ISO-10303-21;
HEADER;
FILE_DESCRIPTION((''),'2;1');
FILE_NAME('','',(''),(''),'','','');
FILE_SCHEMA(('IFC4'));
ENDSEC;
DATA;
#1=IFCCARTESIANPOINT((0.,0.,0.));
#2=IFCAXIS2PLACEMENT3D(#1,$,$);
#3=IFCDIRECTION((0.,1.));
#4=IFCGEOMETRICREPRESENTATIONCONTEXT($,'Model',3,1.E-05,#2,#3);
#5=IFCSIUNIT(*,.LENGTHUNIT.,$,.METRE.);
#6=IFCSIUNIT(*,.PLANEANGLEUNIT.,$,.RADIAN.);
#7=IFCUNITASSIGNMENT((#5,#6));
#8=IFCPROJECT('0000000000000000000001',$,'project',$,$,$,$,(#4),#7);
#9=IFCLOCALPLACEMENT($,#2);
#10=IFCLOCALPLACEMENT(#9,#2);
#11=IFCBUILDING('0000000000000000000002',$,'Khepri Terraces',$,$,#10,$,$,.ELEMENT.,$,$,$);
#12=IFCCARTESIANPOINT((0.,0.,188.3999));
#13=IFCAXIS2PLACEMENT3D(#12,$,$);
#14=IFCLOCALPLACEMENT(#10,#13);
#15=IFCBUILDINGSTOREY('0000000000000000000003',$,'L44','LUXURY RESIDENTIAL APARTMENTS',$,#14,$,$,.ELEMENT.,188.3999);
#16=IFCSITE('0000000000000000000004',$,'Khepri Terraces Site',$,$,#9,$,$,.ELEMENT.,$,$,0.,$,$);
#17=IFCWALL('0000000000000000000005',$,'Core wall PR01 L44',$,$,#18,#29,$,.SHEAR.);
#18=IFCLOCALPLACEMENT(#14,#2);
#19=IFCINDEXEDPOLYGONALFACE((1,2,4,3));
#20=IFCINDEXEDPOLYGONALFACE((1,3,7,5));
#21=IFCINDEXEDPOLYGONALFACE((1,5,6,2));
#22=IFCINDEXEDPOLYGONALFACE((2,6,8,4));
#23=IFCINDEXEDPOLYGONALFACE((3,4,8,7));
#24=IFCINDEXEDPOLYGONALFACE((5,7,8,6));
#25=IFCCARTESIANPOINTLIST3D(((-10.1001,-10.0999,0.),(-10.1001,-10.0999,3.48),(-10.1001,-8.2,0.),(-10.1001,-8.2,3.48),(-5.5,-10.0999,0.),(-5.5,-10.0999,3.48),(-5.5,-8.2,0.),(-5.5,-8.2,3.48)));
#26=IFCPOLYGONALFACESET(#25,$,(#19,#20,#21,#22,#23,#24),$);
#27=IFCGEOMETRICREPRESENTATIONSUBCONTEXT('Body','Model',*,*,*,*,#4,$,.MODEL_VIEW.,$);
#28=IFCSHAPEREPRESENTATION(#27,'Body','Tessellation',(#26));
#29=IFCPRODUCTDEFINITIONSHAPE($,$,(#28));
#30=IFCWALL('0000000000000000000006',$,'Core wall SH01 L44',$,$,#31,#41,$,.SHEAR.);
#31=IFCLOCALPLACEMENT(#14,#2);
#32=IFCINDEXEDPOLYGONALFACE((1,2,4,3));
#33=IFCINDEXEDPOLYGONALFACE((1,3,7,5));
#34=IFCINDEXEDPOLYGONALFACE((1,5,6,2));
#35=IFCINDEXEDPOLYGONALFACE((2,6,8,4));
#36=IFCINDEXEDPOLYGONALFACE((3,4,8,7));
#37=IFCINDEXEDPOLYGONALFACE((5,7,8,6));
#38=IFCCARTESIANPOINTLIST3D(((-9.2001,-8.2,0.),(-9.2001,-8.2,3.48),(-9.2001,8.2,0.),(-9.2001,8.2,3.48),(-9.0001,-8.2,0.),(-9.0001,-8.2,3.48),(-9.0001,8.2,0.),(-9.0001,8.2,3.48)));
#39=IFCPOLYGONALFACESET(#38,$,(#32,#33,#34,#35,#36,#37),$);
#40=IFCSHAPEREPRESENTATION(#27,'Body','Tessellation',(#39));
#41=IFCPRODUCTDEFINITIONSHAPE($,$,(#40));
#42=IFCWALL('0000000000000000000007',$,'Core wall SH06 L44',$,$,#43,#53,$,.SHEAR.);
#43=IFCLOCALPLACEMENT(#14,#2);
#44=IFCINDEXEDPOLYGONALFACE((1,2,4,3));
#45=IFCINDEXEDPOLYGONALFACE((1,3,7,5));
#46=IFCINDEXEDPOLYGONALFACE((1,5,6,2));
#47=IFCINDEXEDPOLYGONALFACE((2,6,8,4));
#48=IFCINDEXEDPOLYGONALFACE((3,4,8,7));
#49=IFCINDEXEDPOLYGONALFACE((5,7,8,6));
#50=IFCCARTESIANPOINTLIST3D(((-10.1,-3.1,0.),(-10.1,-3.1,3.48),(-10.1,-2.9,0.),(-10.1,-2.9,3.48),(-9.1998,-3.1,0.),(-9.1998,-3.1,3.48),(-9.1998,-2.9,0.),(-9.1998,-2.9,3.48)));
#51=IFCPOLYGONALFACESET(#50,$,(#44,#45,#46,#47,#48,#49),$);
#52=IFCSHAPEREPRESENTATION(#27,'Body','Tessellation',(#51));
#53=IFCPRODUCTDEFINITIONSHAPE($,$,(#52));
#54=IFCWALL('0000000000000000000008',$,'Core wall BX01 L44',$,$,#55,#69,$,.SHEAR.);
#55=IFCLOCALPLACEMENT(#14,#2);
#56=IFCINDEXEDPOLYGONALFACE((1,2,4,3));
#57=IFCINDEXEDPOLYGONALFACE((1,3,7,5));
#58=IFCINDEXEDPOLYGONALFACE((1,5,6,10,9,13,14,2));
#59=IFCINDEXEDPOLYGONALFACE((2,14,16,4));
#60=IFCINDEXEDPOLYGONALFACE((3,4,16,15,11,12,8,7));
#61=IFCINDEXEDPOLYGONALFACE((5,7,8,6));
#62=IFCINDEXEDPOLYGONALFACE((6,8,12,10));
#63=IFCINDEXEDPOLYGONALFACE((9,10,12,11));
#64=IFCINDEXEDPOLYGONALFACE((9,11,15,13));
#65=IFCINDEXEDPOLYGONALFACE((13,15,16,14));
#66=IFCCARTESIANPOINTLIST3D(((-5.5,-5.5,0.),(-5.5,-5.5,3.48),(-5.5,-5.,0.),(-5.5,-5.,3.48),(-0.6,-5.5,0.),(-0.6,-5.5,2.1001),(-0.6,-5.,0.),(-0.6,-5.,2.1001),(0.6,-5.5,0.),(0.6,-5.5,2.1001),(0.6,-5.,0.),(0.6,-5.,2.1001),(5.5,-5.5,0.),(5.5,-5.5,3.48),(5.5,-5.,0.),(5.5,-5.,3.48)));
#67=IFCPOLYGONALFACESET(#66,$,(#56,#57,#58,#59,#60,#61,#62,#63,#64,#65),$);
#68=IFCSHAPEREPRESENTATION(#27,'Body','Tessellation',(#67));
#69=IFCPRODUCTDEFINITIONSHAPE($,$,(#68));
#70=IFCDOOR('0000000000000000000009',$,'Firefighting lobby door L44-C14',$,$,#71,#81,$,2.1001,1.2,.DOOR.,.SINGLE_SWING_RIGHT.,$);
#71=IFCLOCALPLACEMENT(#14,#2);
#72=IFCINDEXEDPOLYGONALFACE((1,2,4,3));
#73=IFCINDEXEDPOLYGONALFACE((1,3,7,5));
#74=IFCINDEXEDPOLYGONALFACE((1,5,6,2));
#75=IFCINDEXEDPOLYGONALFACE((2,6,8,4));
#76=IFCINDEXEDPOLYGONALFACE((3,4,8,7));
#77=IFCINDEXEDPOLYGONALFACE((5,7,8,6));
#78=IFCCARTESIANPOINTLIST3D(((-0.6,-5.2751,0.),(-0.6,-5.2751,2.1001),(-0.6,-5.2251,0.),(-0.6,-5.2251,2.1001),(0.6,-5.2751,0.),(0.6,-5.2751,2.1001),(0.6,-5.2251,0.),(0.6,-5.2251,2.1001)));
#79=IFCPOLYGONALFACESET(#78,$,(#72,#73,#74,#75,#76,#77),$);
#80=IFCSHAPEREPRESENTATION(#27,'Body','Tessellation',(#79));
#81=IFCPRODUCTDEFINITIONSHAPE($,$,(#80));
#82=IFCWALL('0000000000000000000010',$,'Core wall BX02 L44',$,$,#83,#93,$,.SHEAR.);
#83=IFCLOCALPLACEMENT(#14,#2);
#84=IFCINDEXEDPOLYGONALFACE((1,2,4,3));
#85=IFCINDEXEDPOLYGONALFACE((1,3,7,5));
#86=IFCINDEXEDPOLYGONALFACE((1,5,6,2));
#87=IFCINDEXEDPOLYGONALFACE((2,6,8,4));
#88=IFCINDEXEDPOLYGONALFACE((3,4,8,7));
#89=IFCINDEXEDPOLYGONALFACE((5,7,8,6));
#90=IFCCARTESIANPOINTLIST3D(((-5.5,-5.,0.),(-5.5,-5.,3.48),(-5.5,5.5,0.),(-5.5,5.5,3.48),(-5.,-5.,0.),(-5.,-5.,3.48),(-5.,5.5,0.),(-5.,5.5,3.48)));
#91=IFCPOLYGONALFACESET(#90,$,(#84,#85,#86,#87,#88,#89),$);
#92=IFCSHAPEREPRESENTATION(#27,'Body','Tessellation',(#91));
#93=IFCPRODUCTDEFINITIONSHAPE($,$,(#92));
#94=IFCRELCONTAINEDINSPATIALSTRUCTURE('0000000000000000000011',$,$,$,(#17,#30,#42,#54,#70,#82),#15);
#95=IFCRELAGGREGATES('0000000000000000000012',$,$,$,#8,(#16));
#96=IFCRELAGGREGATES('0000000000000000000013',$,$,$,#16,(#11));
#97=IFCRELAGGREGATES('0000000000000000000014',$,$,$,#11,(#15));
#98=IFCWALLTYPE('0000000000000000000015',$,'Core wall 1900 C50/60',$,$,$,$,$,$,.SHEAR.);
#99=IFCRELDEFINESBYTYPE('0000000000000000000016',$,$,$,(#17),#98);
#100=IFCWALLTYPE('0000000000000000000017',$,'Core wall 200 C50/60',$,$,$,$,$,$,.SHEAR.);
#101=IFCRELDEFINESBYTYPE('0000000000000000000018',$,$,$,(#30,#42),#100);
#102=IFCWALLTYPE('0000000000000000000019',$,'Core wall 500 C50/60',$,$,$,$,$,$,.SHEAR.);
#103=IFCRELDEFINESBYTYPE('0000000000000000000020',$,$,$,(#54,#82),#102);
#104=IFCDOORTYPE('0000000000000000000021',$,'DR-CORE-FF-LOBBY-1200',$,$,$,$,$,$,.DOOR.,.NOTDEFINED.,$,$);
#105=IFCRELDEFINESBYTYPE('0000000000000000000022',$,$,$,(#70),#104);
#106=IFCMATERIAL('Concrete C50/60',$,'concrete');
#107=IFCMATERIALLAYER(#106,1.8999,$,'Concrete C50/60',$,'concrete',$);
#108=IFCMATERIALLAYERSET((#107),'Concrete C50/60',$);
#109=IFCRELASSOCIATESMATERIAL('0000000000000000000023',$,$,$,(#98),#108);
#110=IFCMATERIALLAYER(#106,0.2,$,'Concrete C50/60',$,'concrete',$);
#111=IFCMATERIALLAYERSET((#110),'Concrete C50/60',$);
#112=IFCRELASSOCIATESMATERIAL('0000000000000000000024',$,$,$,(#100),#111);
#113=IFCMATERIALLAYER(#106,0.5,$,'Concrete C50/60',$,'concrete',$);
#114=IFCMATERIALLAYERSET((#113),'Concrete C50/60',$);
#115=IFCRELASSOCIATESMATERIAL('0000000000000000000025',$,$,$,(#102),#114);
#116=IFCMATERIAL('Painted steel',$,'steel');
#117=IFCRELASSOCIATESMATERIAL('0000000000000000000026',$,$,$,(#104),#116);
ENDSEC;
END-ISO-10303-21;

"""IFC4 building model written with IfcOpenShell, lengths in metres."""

from ifc_helpers import new_model, si_unit, direction, frame, frame_2d, origin, place, context, subcontext, project, spatial, rectangle, extrude, material, layer, layer_set, type_object, element, fill, save


model = new_model("IFC4")

# Units and contexts
model_context = context("Model", 3, precision=1e-05, world=origin(), true_north=direction((0.0, 1.0)))
body_context = subcontext(model_context, "Body", "Model", "MODEL_VIEW")
ifc_project = project(units=[si_unit("LENGTHUNIT", "METRE"), si_unit("PLANEANGLEUNIT", "RADIAN")], contexts=[model_context])

# Site, building, storey
site_placement = place(None, origin())
site = spatial("IfcSite", under=ifc_project, at=site_placement, Name="Khepri Terraces Site", CompositionType="ELEMENT", RefElevation=0.0)
building_placement = place(site_placement, origin())
building = spatial("IfcBuilding", under=site, at=building_placement, Name="Khepri Terraces", CompositionType="ELEMENT")
storey_placement = place(building_placement, frame((0.0, 0.0, 188.3999)))
storey = spatial("IfcBuildingStorey", under=building, at=storey_placement, Name="L44", Description="LUXURY RESIDENTIAL APARTMENTS", CompositionType="ELEMENT", Elevation=188.3999)

# Walls
ifc_material_1 = material(Name="Concrete C50/60", Category="concrete")
ifc_layer_1 = layer(ifc_material_1, 1.8999, Name="Concrete C50/60", Category="concrete")
ifc_layer_set_1 = layer_set([ifc_layer_1], Name="Concrete C50/60")
wall_type_1 = type_object("IfcWallType", Name="Core wall 1900 C50/60", PredefinedType="SHEAR", material=ifc_layer_set_1)
wall_1_placement = place(storey_placement, frame((-10.1001, -9.1499, 0.0), z_axis=(0.0, 0.0, 1.0), x_axis=(1.0, 0.0, 0.0)))
element("IfcWall", 1, at=wall_1_placement, inside=storey, type_object=wall_type_1, Name="Core wall PR01 L44", PredefinedType="SHEAR", context=body_context, shape_type="SweptSolid", body=[
    extrude(rectangle(XDim=4.6001, YDim=1.8999, at=frame_2d((2.3, 0.0))), origin(), (0.0, 0.0, 1.0), 3.48),
])
ifc_layer_2 = layer(ifc_material_1, 0.2, Name="Concrete C50/60", Category="concrete")
ifc_layer_set_2 = layer_set([ifc_layer_2], Name="Concrete C50/60")
wall_type_2 = type_object("IfcWallType", Name="Core wall 200 C50/60", PredefinedType="SHEAR", material=ifc_layer_set_2)
wall_2_placement = place(storey_placement, frame((-9.1001, -8.2, 0.0), z_axis=(0.0, 0.0, 1.0), x_axis=(0.0, 1.0, 0.0)))
element("IfcWall", 2, at=wall_2_placement, inside=storey, type_object=wall_type_2, Name="Core wall SH01 L44", PredefinedType="SHEAR", context=body_context, shape_type="SweptSolid", body=[
    extrude(rectangle(XDim=16.3999, YDim=0.2, at=frame_2d((8.2, 0.0))), origin(), (0.0, 0.0, 1.0), 3.48),
])
wall_3_placement = place(storey_placement, frame((-10.1001, -3.0, 0.0), z_axis=(0.0, 0.0, 1.0), x_axis=(1.0, 0.0, 0.0)))
element("IfcWall", 3, at=wall_3_placement, inside=storey, type_object=wall_type_2, Name="Core wall SH06 L44", PredefinedType="SHEAR", context=body_context, shape_type="SweptSolid", body=[
    extrude(rectangle(XDim=0.9001, YDim=0.2, at=frame_2d((0.4502, 0.0))), origin(), (0.0, 0.0, 1.0), 3.48),
])

# Wall, opening, door
ifc_layer_3 = layer(ifc_material_1, 0.5, Name="Concrete C50/60", Category="concrete")
ifc_layer_set_3 = layer_set([ifc_layer_3], Name="Concrete C50/60")
wall_type_3 = type_object("IfcWallType", Name="Core wall 500 C50/60", PredefinedType="SHEAR", material=ifc_layer_set_3)
wall_4_placement = place(storey_placement, frame((-5.5, -5.25, 0.0), z_axis=(0.0, 0.0, 1.0), x_axis=(1.0, 0.0, 0.0)))
wall_4 = element("IfcWall", 4, at=wall_4_placement, inside=storey, type_object=wall_type_3, Name="Core wall BX01 L44", PredefinedType="SHEAR", context=body_context, shape_type="SweptSolid", body=[
    extrude(rectangle(XDim=11.0, YDim=0.5, at=frame_2d((5.5, 0.0))), origin(), (0.0, 0.0, 1.0), 3.48),
])
opening_1_placement = place(wall_4_placement, frame((4.8999, 0.0, 0.0)))
opening_1 = element("IfcOpeningElement", 5, at=opening_1_placement, cuts=wall_4, PredefinedType="OPENING", context=body_context, shape_type="SweptSolid", body=[
    extrude(rectangle(XDim=1.2, YDim=2.1001, at=frame_2d((0.6001, 1.05))), frame((0.0, 0.26, 0.0), z_axis=(0.0, -1.0, 0.0), x_axis=(1.0, 0.0, 0.0)), (0.0, 0.0, 1.0), 0.52),
])
ifc_material_2 = material(Name="Painted steel", Category="steel")
door_type_1 = type_object("IfcDoorType", Name="DR-CORE-FF-LOBBY-1200", OperationType="NOTDEFINED", PredefinedType="DOOR", material=ifc_material_2)
door_1_placement = place(opening_1_placement, origin())
door_1 = element("IfcDoor", 6, at=door_1_placement, inside=storey, type_object=door_type_1, Name="Firefighting lobby door L44-C14", OperationType="SINGLE_SWING_RIGHT", OverallHeight=2.1001, OverallWidth=1.2, PredefinedType="DOOR", context=body_context, shape_type="SweptSolid", body=[
    extrude(rectangle(XDim=1.2, YDim=2.1001, at=frame_2d((0.6001, 1.05))), frame((0.0, 0.0249, 0.0), z_axis=(0.0, -1.0, 0.0), x_axis=(1.0, 0.0, 0.0)), (0.0, 0.0, 1.0), 0.05),
])
fill(opening_1, door_1)

# Wall
wall_5_placement = place(storey_placement, frame((-5.25, -5.0, 0.0), z_axis=(0.0, 0.0, 1.0), x_axis=(0.0, 1.0, 0.0)))
element("IfcWall", 7, at=wall_5_placement, inside=storey, type_object=wall_type_3, Name="Core wall BX02 L44", PredefinedType="SHEAR", context=body_context, shape_type="SweptSolid", body=[
    extrude(rectangle(XDim=10.5, YDim=0.5, at=frame_2d((5.25, 0.0))), origin(), (0.0, 0.0, 1.0), 3.48),
])

save(model, "model.ifc")
